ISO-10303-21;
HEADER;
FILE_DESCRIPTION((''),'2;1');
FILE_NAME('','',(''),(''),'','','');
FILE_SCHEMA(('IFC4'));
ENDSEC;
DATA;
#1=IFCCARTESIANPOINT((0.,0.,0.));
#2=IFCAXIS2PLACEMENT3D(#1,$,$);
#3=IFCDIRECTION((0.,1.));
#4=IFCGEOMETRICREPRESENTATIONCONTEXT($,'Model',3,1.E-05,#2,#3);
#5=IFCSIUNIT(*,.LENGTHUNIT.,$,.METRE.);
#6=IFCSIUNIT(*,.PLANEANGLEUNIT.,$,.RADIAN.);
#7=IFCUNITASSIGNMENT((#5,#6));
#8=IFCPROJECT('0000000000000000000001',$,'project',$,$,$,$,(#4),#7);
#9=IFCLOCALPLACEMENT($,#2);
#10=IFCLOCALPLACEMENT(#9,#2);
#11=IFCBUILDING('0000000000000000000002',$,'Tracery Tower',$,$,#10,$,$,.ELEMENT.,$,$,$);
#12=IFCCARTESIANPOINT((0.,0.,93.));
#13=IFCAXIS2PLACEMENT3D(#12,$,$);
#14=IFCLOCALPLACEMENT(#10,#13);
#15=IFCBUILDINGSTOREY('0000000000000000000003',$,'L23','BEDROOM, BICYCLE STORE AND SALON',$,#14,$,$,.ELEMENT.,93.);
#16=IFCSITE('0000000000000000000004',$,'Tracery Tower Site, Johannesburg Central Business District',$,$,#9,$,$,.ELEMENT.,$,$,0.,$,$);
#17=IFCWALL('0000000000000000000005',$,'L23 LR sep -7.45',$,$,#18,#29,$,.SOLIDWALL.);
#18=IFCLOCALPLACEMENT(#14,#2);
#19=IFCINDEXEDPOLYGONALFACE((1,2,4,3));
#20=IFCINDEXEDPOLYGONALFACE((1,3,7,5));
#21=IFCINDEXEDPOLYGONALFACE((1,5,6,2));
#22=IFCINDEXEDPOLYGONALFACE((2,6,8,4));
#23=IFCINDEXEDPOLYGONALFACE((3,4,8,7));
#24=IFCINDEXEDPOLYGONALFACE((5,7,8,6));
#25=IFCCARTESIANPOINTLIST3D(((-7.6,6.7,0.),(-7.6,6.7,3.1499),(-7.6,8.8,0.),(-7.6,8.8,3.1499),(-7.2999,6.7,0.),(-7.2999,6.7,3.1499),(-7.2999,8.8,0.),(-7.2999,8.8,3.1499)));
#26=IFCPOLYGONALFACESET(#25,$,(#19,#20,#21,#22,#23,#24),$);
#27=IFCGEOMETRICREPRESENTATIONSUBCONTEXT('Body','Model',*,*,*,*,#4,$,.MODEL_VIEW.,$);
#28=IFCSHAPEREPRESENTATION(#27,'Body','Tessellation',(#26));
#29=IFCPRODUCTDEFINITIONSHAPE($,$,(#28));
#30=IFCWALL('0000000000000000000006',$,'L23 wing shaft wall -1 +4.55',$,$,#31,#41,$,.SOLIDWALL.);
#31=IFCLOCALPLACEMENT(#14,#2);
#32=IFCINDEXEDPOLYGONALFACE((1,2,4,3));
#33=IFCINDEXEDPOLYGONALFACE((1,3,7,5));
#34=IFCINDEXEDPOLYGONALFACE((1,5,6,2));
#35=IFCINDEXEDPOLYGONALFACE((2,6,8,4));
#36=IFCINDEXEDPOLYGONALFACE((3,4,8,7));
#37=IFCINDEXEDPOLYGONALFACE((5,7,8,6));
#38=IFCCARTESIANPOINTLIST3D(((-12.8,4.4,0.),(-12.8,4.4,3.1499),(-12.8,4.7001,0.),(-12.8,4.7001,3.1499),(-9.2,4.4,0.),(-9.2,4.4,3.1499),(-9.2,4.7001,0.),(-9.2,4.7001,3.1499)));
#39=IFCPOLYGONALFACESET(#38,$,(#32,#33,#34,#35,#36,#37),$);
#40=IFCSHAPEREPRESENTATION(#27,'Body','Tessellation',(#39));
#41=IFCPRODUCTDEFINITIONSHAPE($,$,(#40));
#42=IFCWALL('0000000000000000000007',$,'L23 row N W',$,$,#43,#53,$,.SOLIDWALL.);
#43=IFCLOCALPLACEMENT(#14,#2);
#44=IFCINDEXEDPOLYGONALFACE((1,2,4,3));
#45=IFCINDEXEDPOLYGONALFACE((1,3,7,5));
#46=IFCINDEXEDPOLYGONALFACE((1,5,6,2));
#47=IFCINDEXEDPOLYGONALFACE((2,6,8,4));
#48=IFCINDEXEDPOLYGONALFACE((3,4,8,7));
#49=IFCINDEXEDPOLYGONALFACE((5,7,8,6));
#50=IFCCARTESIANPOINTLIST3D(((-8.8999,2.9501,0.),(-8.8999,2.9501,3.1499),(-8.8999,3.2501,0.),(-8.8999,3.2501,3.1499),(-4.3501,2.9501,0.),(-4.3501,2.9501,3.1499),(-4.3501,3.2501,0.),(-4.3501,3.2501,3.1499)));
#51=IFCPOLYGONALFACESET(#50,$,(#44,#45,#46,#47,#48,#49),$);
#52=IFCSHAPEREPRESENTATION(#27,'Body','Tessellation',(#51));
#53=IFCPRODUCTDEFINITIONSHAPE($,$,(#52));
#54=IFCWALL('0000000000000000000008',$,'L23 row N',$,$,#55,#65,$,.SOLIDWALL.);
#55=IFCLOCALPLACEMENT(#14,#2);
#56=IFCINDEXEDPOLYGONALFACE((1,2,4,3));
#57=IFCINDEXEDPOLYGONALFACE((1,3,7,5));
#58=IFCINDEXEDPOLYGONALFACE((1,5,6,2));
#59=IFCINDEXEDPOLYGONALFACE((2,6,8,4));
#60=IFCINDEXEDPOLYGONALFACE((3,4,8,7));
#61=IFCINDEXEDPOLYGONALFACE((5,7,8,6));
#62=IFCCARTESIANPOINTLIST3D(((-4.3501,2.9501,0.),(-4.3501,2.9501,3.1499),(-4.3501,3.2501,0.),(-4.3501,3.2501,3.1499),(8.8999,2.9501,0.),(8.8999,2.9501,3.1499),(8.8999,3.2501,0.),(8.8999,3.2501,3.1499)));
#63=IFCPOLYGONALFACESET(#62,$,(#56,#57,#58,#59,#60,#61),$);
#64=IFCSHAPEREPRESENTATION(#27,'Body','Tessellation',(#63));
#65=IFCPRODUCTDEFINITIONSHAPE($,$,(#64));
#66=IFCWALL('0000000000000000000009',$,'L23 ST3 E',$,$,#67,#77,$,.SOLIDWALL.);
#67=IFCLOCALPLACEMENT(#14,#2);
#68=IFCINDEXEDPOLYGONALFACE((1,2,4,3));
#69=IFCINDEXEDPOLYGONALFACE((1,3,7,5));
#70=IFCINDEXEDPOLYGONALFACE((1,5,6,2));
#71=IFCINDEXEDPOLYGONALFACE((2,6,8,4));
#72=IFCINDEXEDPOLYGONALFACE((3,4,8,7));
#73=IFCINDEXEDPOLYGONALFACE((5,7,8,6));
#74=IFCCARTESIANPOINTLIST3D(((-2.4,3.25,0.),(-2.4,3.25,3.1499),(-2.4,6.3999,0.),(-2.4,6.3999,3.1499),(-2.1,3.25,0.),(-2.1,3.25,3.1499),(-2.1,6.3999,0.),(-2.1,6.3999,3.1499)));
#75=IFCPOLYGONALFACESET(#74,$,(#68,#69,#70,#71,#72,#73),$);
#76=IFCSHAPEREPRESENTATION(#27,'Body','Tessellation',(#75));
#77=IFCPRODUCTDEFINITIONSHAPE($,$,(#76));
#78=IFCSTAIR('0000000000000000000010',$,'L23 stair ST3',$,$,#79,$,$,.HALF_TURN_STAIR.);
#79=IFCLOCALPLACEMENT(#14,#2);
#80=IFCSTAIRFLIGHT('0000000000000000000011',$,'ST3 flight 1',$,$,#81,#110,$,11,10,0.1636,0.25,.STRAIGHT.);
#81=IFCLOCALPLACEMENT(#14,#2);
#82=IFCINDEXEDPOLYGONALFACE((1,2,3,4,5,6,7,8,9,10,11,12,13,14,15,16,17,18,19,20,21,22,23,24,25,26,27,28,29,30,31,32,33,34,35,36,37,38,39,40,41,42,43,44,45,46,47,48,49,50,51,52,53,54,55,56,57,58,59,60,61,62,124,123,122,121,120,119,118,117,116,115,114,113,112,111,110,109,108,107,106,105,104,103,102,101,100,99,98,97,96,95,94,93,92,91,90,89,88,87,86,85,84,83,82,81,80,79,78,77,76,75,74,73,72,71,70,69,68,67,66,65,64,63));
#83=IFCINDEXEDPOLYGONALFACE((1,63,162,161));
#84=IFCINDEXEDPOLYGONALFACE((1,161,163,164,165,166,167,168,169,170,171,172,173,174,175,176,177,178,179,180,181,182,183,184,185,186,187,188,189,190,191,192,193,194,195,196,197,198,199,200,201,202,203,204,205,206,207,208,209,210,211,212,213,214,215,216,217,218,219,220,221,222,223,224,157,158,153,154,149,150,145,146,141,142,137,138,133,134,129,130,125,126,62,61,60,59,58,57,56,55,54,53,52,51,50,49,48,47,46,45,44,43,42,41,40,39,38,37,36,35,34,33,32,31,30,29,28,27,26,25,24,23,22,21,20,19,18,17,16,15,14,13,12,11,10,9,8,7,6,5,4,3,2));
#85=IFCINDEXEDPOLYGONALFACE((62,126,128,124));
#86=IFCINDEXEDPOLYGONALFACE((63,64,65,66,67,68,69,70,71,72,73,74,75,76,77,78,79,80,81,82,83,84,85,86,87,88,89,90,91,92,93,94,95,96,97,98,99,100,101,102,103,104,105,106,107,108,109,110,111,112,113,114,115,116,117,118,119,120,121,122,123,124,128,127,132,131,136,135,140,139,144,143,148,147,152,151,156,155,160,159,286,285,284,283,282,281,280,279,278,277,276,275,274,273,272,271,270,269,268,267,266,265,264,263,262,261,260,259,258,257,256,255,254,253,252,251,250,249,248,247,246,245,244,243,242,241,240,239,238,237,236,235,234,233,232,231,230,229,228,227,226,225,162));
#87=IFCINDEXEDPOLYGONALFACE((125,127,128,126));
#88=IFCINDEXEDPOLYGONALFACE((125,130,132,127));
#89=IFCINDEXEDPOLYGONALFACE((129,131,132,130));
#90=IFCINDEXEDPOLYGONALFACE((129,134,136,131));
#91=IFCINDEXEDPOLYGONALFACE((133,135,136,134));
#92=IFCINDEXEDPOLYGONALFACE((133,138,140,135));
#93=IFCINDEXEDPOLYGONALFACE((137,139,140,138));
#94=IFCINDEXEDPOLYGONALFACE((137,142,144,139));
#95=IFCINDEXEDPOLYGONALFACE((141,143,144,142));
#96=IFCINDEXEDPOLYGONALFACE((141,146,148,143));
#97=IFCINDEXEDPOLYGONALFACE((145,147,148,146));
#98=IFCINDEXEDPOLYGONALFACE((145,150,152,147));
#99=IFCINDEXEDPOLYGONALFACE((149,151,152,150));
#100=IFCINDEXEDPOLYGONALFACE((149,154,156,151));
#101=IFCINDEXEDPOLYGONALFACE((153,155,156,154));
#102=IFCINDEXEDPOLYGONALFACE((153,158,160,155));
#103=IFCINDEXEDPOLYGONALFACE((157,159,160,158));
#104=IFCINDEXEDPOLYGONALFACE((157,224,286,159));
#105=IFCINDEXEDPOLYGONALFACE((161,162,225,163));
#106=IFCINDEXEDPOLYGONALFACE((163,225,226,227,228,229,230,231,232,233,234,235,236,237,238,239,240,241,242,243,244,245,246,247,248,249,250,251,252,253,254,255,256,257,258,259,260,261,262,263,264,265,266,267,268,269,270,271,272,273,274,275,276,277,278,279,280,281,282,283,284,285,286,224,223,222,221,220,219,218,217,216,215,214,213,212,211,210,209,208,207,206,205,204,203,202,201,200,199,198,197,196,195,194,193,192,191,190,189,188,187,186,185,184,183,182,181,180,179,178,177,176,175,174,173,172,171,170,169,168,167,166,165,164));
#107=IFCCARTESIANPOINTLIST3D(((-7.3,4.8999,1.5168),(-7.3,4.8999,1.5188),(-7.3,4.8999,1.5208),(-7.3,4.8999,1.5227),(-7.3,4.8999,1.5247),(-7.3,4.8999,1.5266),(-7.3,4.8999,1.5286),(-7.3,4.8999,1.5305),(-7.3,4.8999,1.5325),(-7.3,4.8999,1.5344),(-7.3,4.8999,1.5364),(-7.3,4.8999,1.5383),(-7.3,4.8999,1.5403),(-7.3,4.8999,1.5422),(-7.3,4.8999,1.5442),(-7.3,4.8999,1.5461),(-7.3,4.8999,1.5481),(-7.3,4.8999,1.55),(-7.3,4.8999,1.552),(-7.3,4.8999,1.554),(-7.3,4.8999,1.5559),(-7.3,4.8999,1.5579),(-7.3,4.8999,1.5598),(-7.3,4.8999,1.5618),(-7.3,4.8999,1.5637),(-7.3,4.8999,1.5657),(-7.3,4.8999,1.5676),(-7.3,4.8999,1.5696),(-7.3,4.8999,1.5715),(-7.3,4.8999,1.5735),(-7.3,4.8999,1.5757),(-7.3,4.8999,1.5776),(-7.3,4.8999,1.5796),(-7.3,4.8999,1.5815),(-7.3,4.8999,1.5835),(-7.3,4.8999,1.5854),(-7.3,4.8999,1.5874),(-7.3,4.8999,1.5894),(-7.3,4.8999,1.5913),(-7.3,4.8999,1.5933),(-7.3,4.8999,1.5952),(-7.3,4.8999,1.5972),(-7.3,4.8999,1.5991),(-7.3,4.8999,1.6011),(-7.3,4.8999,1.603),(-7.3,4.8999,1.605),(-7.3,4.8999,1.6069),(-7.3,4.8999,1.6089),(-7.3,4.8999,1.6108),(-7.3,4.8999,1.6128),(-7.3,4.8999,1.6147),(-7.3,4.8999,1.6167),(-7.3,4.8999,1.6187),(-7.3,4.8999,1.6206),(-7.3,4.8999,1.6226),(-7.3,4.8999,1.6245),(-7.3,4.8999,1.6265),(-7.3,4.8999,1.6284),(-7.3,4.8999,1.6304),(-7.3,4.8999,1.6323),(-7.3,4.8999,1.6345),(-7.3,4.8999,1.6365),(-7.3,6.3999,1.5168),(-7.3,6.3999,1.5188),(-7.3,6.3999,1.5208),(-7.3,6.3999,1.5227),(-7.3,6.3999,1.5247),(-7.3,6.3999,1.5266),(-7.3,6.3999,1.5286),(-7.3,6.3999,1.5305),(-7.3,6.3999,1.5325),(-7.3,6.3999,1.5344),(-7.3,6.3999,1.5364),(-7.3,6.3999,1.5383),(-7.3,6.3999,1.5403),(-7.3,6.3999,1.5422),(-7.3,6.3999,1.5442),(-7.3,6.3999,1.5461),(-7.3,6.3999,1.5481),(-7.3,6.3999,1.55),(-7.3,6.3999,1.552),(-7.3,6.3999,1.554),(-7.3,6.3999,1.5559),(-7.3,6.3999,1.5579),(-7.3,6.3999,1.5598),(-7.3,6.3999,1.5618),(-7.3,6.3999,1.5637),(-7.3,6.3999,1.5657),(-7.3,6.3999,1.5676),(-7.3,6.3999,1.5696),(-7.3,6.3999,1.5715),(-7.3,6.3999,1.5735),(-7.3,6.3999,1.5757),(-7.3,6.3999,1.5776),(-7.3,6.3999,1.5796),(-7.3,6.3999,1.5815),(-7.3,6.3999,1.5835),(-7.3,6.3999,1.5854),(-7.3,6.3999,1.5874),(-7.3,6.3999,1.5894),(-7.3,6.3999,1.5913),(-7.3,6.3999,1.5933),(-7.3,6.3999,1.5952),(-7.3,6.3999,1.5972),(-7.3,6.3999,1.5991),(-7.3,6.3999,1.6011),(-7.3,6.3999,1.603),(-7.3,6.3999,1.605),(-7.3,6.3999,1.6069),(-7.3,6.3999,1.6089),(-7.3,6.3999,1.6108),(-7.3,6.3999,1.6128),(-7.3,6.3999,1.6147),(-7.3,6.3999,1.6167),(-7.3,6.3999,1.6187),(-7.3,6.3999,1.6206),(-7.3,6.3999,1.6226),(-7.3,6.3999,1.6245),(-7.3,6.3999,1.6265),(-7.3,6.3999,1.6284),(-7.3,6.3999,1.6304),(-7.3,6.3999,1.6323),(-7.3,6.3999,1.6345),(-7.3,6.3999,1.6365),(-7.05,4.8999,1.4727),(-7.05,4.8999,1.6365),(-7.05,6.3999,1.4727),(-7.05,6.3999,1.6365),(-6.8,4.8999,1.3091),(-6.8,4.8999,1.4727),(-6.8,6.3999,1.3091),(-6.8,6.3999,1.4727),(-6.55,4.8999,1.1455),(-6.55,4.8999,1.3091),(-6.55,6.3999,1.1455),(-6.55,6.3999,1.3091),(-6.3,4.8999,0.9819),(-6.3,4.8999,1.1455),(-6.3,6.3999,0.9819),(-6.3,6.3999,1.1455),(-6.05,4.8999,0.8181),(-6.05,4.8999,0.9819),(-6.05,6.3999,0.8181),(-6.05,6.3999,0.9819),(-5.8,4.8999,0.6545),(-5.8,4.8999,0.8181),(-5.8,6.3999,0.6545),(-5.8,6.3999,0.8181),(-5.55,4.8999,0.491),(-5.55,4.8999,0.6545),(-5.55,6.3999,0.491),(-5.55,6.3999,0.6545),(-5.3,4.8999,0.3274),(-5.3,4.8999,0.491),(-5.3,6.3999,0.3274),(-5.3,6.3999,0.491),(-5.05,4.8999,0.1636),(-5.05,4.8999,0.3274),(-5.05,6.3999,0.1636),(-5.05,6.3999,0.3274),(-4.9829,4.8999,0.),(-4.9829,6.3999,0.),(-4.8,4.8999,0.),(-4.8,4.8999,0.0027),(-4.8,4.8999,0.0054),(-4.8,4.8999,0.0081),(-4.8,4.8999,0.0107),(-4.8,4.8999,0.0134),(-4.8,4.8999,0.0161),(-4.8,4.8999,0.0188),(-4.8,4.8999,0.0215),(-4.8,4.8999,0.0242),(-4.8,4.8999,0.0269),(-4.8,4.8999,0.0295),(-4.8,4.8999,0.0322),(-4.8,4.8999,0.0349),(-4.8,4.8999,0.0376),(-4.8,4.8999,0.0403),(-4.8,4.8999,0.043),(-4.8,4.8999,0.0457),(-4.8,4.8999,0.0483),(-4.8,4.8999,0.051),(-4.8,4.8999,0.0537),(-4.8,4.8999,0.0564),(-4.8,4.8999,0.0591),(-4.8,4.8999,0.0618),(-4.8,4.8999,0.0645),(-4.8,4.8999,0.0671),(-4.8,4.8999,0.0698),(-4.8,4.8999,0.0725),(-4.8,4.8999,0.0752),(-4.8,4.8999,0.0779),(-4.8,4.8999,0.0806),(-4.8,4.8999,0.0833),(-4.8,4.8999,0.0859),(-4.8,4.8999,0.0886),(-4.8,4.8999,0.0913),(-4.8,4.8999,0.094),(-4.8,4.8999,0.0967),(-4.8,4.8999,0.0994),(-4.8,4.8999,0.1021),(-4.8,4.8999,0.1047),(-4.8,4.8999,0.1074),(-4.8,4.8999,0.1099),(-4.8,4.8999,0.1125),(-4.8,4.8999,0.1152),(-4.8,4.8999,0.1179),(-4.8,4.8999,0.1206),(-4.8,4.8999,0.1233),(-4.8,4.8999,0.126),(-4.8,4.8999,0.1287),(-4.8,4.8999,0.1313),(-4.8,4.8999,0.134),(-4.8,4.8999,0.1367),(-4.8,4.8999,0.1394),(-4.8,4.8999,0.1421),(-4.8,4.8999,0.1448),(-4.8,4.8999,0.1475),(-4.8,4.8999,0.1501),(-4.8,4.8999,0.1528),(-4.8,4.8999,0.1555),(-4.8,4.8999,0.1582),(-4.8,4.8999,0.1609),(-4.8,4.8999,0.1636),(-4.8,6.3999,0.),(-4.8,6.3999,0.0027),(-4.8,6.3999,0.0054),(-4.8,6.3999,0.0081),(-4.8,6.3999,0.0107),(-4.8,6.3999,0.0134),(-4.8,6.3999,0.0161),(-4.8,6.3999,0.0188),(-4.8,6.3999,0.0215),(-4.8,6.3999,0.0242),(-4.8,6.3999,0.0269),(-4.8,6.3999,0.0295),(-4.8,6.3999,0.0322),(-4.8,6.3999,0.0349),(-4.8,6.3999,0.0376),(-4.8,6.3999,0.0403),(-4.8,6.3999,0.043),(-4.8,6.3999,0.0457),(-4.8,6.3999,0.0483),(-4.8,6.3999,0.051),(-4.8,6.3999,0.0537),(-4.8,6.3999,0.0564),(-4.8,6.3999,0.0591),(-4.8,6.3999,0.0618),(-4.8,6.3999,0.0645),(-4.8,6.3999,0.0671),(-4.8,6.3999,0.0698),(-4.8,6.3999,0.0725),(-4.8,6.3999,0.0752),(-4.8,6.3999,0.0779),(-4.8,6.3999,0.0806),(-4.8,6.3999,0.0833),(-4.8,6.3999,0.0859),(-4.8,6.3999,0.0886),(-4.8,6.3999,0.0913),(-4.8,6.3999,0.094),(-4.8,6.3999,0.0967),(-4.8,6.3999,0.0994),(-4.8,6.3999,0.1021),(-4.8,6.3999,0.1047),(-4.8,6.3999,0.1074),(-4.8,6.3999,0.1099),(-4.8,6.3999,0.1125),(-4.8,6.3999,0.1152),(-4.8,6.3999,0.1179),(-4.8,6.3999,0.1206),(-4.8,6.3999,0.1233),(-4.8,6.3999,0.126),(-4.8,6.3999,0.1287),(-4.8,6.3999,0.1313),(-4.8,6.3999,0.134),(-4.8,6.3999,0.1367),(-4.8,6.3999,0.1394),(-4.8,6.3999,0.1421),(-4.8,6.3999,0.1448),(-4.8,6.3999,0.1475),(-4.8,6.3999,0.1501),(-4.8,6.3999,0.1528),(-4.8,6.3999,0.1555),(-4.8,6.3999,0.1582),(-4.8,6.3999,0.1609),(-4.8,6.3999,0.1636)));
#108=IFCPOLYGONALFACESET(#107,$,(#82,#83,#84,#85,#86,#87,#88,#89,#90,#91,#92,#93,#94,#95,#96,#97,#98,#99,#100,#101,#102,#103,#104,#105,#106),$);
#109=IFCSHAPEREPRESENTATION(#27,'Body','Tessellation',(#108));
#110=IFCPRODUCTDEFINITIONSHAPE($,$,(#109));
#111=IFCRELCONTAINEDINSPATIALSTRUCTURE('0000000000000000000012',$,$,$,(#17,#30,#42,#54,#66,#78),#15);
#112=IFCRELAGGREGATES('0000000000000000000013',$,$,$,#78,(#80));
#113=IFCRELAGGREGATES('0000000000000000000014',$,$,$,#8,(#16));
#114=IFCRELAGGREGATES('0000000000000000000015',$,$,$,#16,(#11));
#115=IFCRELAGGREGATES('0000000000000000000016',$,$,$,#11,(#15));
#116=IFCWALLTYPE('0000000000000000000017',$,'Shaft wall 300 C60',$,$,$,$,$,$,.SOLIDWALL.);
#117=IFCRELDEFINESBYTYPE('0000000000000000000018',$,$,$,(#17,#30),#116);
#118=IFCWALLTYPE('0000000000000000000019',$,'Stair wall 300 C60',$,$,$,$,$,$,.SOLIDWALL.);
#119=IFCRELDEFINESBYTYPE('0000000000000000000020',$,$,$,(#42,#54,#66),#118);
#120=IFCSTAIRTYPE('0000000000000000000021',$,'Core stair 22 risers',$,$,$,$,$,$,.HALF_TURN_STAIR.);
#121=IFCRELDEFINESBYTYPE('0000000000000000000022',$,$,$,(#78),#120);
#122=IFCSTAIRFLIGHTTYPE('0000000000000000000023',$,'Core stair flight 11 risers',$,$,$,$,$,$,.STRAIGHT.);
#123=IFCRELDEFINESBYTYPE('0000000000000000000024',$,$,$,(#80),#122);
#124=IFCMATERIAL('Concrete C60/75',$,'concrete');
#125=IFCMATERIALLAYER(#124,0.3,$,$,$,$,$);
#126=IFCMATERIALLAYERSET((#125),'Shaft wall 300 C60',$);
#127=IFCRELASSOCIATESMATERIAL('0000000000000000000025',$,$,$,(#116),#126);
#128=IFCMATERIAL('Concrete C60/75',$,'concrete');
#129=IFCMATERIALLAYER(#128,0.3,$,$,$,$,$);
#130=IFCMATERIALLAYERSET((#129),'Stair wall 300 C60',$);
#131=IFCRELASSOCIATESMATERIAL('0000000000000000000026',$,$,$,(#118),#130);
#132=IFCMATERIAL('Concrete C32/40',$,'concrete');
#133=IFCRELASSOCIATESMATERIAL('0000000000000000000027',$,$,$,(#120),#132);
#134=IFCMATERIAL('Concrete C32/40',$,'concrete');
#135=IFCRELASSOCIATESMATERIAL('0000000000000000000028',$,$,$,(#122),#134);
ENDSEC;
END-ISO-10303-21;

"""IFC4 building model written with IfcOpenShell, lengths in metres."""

from ifc_helpers import new_model, si_unit, direction, frame, frame_2d, origin, place, context, subcontext, project, spatial, polyline, rectangle, outline, extrude, material, layer, layer_set, type_object, element, aggregate, save


model = new_model("IFC4")

# Units and contexts
model_context = context("Model", 3, precision=1e-05, world=origin(), true_north=direction((0.0, 1.0)))
body_context = subcontext(model_context, "Body", "Model", "MODEL_VIEW")
ifc_project = project(units=[si_unit("LENGTHUNIT", "METRE"), si_unit("PLANEANGLEUNIT", "RADIAN")], contexts=[model_context])

# Site, building, storey
site_placement = place(None, origin())
site = spatial("IfcSite", under=ifc_project, at=site_placement, Name="Tracery Tower Site, Johannesburg Central Business District", CompositionType="ELEMENT", RefElevation=0.0)
building_placement = place(site_placement, origin())
building = spatial("IfcBuilding", under=site, at=building_placement, Name="Tracery Tower", CompositionType="ELEMENT")
storey_placement = place(building_placement, frame((0.0, 0.0, 93.0)))
storey = spatial("IfcBuildingStorey", under=building, at=storey_placement, Name="L23", Description="BEDROOM, BICYCLE STORE AND SALON", CompositionType="ELEMENT", Elevation=93.0)

# Wall
ifc_material_1 = material(Name="Concrete C60/75", Category="concrete")
ifc_layer_1 = layer(ifc_material_1, 0.3)
ifc_layer_set_1 = layer_set([ifc_layer_1], Name="Shaft wall 300 C60")
wall_type_1 = type_object("IfcWallType", Name="Shaft wall 300 C60", PredefinedType="SOLIDWALL", material=ifc_layer_set_1)
wall_1_placement = place(storey_placement, frame((-7.45, 6.7, 0.0), z_axis=(0.0, 0.0, 1.0), x_axis=(0.0, 1.0, 0.0)))
element("IfcWall", 1, at=wall_1_placement, inside=storey, type_object=wall_type_1, Name="L23 LR sep -7.45", PredefinedType="SOLIDWALL", context=body_context, shape_type="SweptSolid", body=[
    extrude(rectangle(XDim=2.1001, YDim=0.3, at=frame_2d((1.05, 0.0))), origin(), (0.0, 0.0, 1.0), 3.1499),
])

# Walls
wall_2_placement = place(storey_placement, frame((-12.8, 4.55, 0.0), z_axis=(0.0, 0.0, 1.0), x_axis=(1.0, 0.0, 0.0)))
element("IfcWall", 2, at=wall_2_placement, inside=storey, type_object=wall_type_1, Name="L23 wing shaft wall -1 +4.55", PredefinedType="SOLIDWALL", context=body_context, shape_type="SweptSolid", body=[
    extrude(rectangle(XDim=3.6001, YDim=0.3, at=frame_2d((1.8, 0.0))), origin(), (0.0, 0.0, 1.0), 3.1499),
])
ifc_material_2 = material(Name="Concrete C60/75", Category="concrete")
ifc_layer_2 = layer(ifc_material_2, 0.3)
ifc_layer_set_2 = layer_set([ifc_layer_2], Name="Stair wall 300 C60")
wall_type_2 = type_object("IfcWallType", Name="Stair wall 300 C60", PredefinedType="SOLIDWALL", material=ifc_layer_set_2)
wall_3_placement = place(storey_placement, frame((-8.8999, 3.1001, 0.0), z_axis=(0.0, 0.0, 1.0), x_axis=(1.0, 0.0, 0.0)))
element("IfcWall", 3, at=wall_3_placement, inside=storey, type_object=wall_type_2, Name="L23 row N W", PredefinedType="SOLIDWALL", context=body_context, shape_type="SweptSolid", body=[
    extrude(rectangle(XDim=4.5498, YDim=0.3, at=frame_2d((2.2749, 0.0))), origin(), (0.0, 0.0, 1.0), 3.1499),
])
wall_4_placement = place(storey_placement, frame((-4.3501, 3.1001, 0.0), z_axis=(0.0, 0.0, 1.0), x_axis=(1.0, 0.0, 0.0)))
element("IfcWall", 4, at=wall_4_placement, inside=storey, type_object=wall_type_2, Name="L23 row N", PredefinedType="SOLIDWALL", context=body_context, shape_type="SweptSolid", body=[
    extrude(rectangle(XDim=13.25, YDim=0.3, at=frame_2d((6.625, 0.0))), origin(), (0.0, 0.0, 1.0), 3.1499),
])
wall_5_placement = place(storey_placement, frame((-2.25, 3.25, 0.0), z_axis=(0.0, 0.0, 1.0), x_axis=(0.0, 1.0, 0.0)))
element("IfcWall", 5, at=wall_5_placement, inside=storey, type_object=wall_type_2, Name="L23 ST3 E", PredefinedType="SOLIDWALL", context=body_context, shape_type="SweptSolid", body=[
    extrude(rectangle(XDim=3.1499, YDim=0.3, at=frame_2d((1.575, 0.0))), origin(), (0.0, 0.0, 1.0), 3.1499),
])

# Stair, stair flight
ifc_material_3 = material(Name="Concrete C32/40", Category="concrete")
stair_type = type_object("IfcStairType", Name="Core stair 22 risers", PredefinedType="HALF_TURN_STAIR", material=ifc_material_3)
stair_placement = place(storey_placement, origin())
stair = element("IfcStair", 6, at=stair_placement, inside=storey, type_object=stair_type, Name="L23 stair ST3", PredefinedType="HALF_TURN_STAIR")
ifc_material_4 = material(Name="Concrete C32/40", Category="concrete")
stair_flight_type = type_object("IfcStairFlightType", Name="Core stair flight 11 risers", PredefinedType="STRAIGHT", material=ifc_material_4)
stair_flight_1_placement = place(storey_placement, frame((-4.8, 5.6499, 0.0), z_axis=(0.0, 0.0, 1.0), x_axis=(-1.0, 0.0, 0.0)))
stair_flight_1 = element("IfcStairFlight", 7, at=stair_flight_1_placement, type_object=stair_flight_type, Name="ST3 flight 1", NumberOfRisers=11, NumberOfTreads=10, PredefinedType="STRAIGHT", RiserHeight=0.1636, TreadLength=0.25, context=body_context, shape_type="SweptSolid", body=[
    extrude(outline(polyline([(0.0, 0.0), (0.0, 0.0027), (0.0, 0.0054), (0.0, 0.0081), (0.0, 0.0107), (0.0, 0.0134), (0.0, 0.0161), (0.0, 0.0188), (0.0, 0.0215), (0.0, 0.0242), (0.0, 0.0269), (0.0, 0.0295), (0.0, 0.0322), (0.0, 0.0349), (0.0, 0.0376), (0.0, 0.0403), (0.0, 0.043), (0.0, 0.0457), (0.0, 0.0483), (0.0, 0.051), (0.0, 0.0537), (0.0, 0.0564), (0.0, 0.0591), (0.0, 0.0618), (0.0, 0.0645), (0.0, 0.0671), (0.0, 0.0698), (0.0, 0.0725), (0.0, 0.0752), (0.0, 0.0779), (0.0, 0.0806), (0.0, 0.0833), (0.0, 0.0859), (0.0, 0.0886), (0.0, 0.0913), (0.0, 0.094), (0.0, 0.0967), (0.0, 0.0994), (0.0, 0.1021), (0.0, 0.1047), (0.0, 0.1074), (0.0, 0.1099), (0.0, 0.1125), (0.0, 0.1152), (0.0, 0.1179), (0.0, 0.1206), (0.0, 0.1233), (0.0, 0.126), (0.0, 0.1287), (0.0, 0.1313), (0.0, 0.134), (0.0, 0.1367), (0.0, 0.1394), (0.0, 0.1421), (0.0, 0.1448), (0.0, 0.1475), (0.0, 0.1501), (0.0, 0.1528), (0.0, 0.1555), (0.0, 0.1582), (0.0, 0.1609), (0.0, 0.1636), (0.25, 0.1636), (0.25, 0.3274), (0.5, 0.3274), (0.5, 0.491), (0.75, 0.491), (0.75, 0.6545), (1.0, 0.6545), (1.0, 0.8181), (1.25, 0.8181), (1.25, 0.9819), (1.5, 0.9819), (1.5, 1.1455), (1.75, 1.1455), (1.75, 1.3091), (2.0, 1.3091), (2.0, 1.4727), (2.25, 1.4727), (2.25, 1.6365), (2.5, 1.6365), (2.5, 1.6345), (2.5, 1.6323), (2.5, 1.6304), (2.5, 1.6284), (2.5, 1.6265), (2.5, 1.6245), (2.5, 1.6226), (2.5, 1.6206), (2.5, 1.6187), (2.5, 1.6167), (2.5, 1.6147), (2.5, 1.6128), (2.5, 1.6108), (2.5, 1.6089), (2.5, 1.6069), (2.5, 1.605), (2.5, 1.603), (2.5, 1.6011), (2.5, 1.5991), (2.5, 1.5972), (2.5, 1.5952), (2.5, 1.5933), (2.5, 1.5913), (2.5, 1.5894), (2.5, 1.5874), (2.5, 1.5854), (2.5, 1.5835), (2.5, 1.5815), (2.5, 1.5796), (2.5, 1.5776), (2.5, 1.5757), (2.5, 1.5735), (2.5, 1.5715), (2.5, 1.5696), (2.5, 1.5676), (2.5, 1.5657), (2.5, 1.5637), (2.5, 1.5618), (2.5, 1.5598), (2.5, 1.5579), (2.5, 1.5559), (2.5, 1.554), (2.5, 1.552), (2.5, 1.55), (2.5, 1.5481), (2.5, 1.5461), (2.5, 1.5442), (2.5, 1.5422), (2.5, 1.5403), (2.5, 1.5383), (2.5, 1.5364), (2.5, 1.5344), (2.5, 1.5325), (2.5, 1.5305), (2.5, 1.5286), (2.5, 1.5266), (2.5, 1.5247), (2.5, 1.5227), (2.5, 1.5208), (2.5, 1.5188), (2.5, 1.5168), (0.1829, 0.0), (0.0, 0.0)])), frame((0.0, 0.75, 0.0), z_axis=(0.0, -1.0, 0.0), x_axis=(1.0, 0.0, 0.0)), (0.0, 0.0, 1.0), 1.5),
])
aggregate(stair, [stair_flight_1])

save(model, "model.ifc")
